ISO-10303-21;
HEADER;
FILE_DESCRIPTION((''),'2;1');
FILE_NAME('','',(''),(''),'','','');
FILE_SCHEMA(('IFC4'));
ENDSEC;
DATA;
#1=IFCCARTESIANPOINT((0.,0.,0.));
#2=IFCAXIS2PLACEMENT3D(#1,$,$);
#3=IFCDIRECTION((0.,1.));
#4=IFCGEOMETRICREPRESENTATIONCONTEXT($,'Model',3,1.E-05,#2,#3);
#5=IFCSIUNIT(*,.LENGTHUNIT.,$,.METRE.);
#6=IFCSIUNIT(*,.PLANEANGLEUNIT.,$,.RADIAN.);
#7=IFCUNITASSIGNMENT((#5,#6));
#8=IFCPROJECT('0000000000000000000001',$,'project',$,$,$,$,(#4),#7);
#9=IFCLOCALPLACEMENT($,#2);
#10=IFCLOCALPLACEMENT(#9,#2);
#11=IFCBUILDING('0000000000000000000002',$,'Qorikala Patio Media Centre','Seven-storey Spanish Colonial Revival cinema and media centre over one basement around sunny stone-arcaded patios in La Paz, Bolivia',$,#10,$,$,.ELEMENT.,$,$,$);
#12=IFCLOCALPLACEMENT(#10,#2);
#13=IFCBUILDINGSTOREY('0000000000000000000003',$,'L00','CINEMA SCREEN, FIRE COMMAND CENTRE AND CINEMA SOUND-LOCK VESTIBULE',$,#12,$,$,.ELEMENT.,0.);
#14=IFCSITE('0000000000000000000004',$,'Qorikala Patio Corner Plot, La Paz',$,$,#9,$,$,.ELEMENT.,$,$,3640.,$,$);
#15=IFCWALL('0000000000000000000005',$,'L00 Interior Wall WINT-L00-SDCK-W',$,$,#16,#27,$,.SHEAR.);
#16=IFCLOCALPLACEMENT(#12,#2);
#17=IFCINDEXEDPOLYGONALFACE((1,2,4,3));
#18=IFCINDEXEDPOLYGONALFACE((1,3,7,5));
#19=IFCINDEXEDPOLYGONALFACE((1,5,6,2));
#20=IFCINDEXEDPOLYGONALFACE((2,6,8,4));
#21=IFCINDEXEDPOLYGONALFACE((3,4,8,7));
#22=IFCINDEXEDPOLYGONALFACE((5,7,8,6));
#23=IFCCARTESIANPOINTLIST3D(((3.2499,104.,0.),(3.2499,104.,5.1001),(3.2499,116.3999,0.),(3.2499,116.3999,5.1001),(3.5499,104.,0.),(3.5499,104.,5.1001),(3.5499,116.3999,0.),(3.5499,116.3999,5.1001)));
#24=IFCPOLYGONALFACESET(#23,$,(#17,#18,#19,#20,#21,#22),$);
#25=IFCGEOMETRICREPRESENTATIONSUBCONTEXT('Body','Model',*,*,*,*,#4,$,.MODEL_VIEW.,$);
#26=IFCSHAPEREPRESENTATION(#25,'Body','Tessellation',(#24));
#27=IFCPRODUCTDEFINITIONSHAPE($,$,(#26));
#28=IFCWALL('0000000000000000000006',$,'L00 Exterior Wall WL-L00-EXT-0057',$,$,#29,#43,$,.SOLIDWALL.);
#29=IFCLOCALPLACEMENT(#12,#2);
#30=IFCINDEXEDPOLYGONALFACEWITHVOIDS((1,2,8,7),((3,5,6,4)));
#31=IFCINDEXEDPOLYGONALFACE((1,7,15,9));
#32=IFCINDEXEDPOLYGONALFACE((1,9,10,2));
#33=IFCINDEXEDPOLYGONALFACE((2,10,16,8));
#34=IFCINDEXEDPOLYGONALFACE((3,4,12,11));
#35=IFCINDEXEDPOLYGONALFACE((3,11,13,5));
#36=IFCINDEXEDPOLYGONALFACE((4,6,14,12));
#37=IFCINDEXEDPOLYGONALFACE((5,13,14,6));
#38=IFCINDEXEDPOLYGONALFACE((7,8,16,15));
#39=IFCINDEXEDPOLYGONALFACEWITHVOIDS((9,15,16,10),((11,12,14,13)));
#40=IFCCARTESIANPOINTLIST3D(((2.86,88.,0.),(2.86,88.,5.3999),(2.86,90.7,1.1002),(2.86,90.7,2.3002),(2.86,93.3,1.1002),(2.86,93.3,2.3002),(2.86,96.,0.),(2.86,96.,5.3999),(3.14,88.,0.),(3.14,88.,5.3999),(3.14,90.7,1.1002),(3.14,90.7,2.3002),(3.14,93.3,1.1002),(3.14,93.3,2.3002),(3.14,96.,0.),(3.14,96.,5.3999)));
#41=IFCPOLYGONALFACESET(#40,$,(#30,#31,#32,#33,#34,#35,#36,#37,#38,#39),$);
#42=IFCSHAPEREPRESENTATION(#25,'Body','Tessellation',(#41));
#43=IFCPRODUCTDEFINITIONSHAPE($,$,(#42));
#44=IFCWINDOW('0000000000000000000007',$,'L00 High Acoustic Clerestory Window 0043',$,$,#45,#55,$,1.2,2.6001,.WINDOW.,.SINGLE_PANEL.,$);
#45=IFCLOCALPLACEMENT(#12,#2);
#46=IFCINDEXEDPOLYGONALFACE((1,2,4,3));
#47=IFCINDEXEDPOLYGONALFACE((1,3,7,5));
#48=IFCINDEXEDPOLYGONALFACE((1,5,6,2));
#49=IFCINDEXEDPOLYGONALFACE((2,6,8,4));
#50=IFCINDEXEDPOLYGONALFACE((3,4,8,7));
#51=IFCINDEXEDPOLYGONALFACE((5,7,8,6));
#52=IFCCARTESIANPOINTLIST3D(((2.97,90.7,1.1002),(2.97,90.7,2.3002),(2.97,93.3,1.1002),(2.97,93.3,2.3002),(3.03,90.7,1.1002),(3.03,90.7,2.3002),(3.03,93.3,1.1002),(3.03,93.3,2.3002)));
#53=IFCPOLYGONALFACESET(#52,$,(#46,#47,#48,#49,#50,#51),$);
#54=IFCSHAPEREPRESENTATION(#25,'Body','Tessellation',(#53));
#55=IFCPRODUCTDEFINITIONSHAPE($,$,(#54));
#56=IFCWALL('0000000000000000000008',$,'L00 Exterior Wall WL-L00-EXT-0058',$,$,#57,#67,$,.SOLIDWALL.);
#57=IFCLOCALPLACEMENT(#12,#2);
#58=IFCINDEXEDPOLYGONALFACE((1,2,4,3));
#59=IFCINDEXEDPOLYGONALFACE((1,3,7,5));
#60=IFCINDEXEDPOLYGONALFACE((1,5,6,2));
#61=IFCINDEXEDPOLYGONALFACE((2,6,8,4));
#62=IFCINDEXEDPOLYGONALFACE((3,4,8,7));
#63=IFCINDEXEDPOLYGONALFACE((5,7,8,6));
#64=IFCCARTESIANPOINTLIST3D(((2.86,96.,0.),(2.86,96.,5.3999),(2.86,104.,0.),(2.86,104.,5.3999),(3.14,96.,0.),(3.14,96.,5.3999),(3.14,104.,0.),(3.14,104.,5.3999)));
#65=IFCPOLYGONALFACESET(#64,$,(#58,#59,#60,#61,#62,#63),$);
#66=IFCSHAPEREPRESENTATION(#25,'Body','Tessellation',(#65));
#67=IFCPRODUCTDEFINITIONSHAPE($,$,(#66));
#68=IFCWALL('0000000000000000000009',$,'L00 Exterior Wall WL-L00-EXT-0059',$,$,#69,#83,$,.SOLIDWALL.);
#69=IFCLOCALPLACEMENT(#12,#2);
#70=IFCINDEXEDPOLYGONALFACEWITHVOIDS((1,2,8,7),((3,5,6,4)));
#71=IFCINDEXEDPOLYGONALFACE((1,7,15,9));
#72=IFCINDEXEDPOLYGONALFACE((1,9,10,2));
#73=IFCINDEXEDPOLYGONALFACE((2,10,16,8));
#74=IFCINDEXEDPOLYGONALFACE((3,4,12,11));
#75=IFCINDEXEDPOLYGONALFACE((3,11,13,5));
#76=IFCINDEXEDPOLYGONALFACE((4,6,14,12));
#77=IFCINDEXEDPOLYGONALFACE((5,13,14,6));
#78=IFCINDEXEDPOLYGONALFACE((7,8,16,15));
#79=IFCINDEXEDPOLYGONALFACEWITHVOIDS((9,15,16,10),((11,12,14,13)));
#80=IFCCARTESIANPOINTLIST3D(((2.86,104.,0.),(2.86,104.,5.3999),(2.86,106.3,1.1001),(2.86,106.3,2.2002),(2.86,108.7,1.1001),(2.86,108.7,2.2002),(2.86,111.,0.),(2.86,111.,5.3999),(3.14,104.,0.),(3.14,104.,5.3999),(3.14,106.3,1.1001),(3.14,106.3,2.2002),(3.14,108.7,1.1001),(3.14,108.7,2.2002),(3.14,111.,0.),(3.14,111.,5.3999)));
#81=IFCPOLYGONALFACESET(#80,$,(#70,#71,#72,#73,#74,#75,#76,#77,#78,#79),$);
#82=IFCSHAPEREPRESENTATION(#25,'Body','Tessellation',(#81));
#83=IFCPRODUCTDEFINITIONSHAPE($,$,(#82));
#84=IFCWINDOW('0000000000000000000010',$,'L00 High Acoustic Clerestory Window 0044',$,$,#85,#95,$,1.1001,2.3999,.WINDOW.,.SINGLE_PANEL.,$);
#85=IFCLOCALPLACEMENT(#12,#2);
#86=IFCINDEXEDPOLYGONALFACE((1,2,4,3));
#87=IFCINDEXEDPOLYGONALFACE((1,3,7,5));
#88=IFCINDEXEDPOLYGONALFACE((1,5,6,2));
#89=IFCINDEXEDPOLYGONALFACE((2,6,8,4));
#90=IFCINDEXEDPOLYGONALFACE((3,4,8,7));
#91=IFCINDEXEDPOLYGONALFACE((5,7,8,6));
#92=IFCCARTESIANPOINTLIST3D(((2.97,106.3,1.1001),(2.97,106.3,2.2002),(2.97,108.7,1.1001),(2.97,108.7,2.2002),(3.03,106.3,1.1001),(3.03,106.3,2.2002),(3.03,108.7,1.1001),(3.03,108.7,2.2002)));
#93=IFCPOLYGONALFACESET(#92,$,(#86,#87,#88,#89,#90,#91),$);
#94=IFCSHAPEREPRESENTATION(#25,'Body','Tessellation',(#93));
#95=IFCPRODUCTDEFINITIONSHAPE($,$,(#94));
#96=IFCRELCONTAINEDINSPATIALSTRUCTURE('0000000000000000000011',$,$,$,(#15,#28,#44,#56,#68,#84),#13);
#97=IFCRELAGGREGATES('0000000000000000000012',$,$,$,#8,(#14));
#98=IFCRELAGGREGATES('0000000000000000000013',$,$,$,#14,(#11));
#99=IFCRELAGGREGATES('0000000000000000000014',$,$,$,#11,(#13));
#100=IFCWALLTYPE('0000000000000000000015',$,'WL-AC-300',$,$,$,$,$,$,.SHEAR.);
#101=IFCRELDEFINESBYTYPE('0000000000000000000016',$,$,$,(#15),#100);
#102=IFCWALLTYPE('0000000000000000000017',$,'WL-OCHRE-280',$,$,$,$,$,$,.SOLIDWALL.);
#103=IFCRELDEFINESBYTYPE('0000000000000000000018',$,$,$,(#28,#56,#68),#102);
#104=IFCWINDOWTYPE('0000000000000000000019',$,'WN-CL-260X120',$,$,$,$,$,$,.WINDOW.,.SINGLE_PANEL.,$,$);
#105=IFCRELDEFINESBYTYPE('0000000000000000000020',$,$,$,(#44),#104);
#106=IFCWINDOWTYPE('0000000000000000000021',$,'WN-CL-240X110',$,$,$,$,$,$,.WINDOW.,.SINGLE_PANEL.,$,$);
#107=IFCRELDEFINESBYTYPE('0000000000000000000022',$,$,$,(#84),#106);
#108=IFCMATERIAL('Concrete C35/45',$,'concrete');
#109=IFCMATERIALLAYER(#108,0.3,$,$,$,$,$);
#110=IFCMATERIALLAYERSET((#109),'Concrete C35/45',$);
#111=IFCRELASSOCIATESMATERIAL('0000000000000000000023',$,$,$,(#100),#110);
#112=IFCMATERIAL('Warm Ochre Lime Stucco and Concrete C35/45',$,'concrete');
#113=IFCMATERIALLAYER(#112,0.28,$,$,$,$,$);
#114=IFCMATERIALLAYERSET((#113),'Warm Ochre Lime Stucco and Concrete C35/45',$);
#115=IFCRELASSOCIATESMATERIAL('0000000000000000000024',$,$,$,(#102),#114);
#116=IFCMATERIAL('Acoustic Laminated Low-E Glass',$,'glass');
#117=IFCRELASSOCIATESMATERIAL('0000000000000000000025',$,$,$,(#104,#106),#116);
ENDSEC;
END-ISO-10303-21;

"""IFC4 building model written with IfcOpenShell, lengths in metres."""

from ifc_helpers import new_model, si_unit, direction, frame, frame_2d, origin, place, context, subcontext, project, spatial, rectangle, extrude, material, layer, layer_set, type_object, element, fill, save


model = new_model("IFC4")

# Units and contexts
model_context = context("Model", 3, precision=1e-05, world=origin(), true_north=direction((0.0, 1.0)))
body_context = subcontext(model_context, "Body", "Model", "MODEL_VIEW")
ifc_project = project(units=[si_unit("LENGTHUNIT", "METRE"), si_unit("PLANEANGLEUNIT", "RADIAN")], contexts=[model_context])

# Site, building, storey
site_placement = place(None, origin())
site = spatial("IfcSite", under=ifc_project, at=site_placement, Name="Qorikala Patio Corner Plot, La Paz", CompositionType="ELEMENT", RefElevation=3640.0)
building_placement = place(site_placement, origin())
building = spatial("IfcBuilding", under=site, at=building_placement, Name="Qorikala Patio Media Centre", Description="Seven-storey Spanish Colonial Revival cinema and media centre over one basement around sunny stone-arcaded patios in La Paz, Bolivia", CompositionType="ELEMENT")
storey_placement = place(building_placement, origin())
storey = spatial("IfcBuildingStorey", under=building, at=storey_placement, Name="L00", Description="CINEMA SCREEN, FIRE COMMAND CENTRE AND CINEMA SOUND-LOCK VESTIBULE", CompositionType="ELEMENT", Elevation=0.0)

# Shared definitions
ifc_material_1 = material(Name="Concrete C35/45", Category="concrete")

# Wall
ifc_layer_1 = layer(ifc_material_1, 0.3)
ifc_layer_set_1 = layer_set([ifc_layer_1], Name="Concrete C35/45")
wall_type_1 = type_object("IfcWallType", Name="WL-AC-300", PredefinedType="SHEAR", material=ifc_layer_set_1)
wall_1_placement = place(storey_placement, frame((3.3999, 104.0, 0.0), z_axis=(0.0, 0.0, 1.0), x_axis=(0.0, 1.0, 0.0)))
element("IfcWall", 1, at=wall_1_placement, inside=storey, type_object=wall_type_1, Name="L00 Interior Wall WINT-L00-SDCK-W", PredefinedType="SHEAR", context=body_context, shape_type="SweptSolid", body=[
    extrude(rectangle(XDim=12.3999, YDim=0.3, at=frame_2d((6.2, 0.0))), origin(), (0.0, 0.0, 1.0), 5.1001),
])

# Wall, opening, window
ifc_material_2 = material(Name="Warm Ochre Lime Stucco and Concrete C35/45", Category="concrete")
ifc_layer_2 = layer(ifc_material_2, 0.28)
ifc_layer_set_2 = layer_set([ifc_layer_2], Name="Warm Ochre Lime Stucco and Concrete C35/45")
wall_type_2 = type_object("IfcWallType", Name="WL-OCHRE-280", PredefinedType="SOLIDWALL", material=ifc_layer_set_2)
wall_2_placement = place(storey_placement, frame((3.0, 88.0, 0.0), z_axis=(0.0, 0.0, 1.0), x_axis=(0.0, 1.0, 0.0)))
wall_2 = element("IfcWall", 2, at=wall_2_placement, inside=storey, type_object=wall_type_2, Name="L00 Exterior Wall WL-L00-EXT-0057", PredefinedType="SOLIDWALL", context=body_context, shape_type="SweptSolid", body=[
    extrude(rectangle(XDim=8.0, YDim=0.28, at=frame_2d((4.0, 0.0))), origin(), (0.0, 0.0, 1.0), 5.3999),
])
opening_1_placement = place(wall_2_placement, frame((2.7, 0.0, 1.1001)))
opening_1 = element("IfcOpeningElement", 3, at=opening_1_placement, cuts=wall_2, PredefinedType="OPENING", context=body_context, shape_type="SweptSolid", body=[
    extrude(rectangle(XDim=2.6001, YDim=1.2, at=frame_2d((1.3, 0.6001))), frame((0.0, 0.1499, 0.0), z_axis=(0.0, -1.0, 0.0), x_axis=(1.0, 0.0, 0.0)), (0.0, 0.0, 1.0), 0.3),
])
ifc_material_3 = material(Name="Acoustic Laminated Low-E Glass", Category="glass")
window_type_1 = type_object("IfcWindowType", Name="WN-CL-260X120", PartitioningType="SINGLE_PANEL", PredefinedType="WINDOW", material=ifc_material_3)
window_1_placement = place(opening_1_placement, origin())
window_1 = element("IfcWindow", 4, at=window_1_placement, inside=storey, type_object=window_type_1, Name="L00 High Acoustic Clerestory Window 0043", OverallHeight=1.2, OverallWidth=2.6001, PartitioningType="SINGLE_PANEL", PredefinedType="WINDOW", context=body_context, shape_type="SweptSolid", body=[
    extrude(rectangle(XDim=2.6001, YDim=1.2, at=frame_2d((1.3, 0.6001))), frame((0.0, 0.03, 0.0), z_axis=(0.0, -1.0, 0.0), x_axis=(1.0, 0.0, 0.0)), (0.0, 0.0, 1.0), 0.0601),
])
fill(opening_1, window_1)

# Wall
wall_3_placement = place(storey_placement, frame((3.0, 96.0, 0.0), z_axis=(0.0, 0.0, 1.0), x_axis=(0.0, 1.0, 0.0)))
element("IfcWall", 5, at=wall_3_placement, inside=storey, type_object=wall_type_2, Name="L00 Exterior Wall WL-L00-EXT-0058", PredefinedType="SOLIDWALL", context=body_context, shape_type="SweptSolid", body=[
    extrude(rectangle(XDim=8.0, YDim=0.28, at=frame_2d((4.0, 0.0))), origin(), (0.0, 0.0, 1.0), 5.3999),
])

# Wall, opening, window
wall_4_placement = place(storey_placement, frame((3.0, 104.0, 0.0), z_axis=(0.0, 0.0, 1.0), x_axis=(0.0, 1.0, 0.0)))
wall_4 = element("IfcWall", 6, at=wall_4_placement, inside=storey, type_object=wall_type_2, Name="L00 Exterior Wall WL-L00-EXT-0059", PredefinedType="SOLIDWALL", context=body_context, shape_type="SweptSolid", body=[
    extrude(rectangle(XDim=7.0, YDim=0.28, at=frame_2d((3.5, 0.0))), origin(), (0.0, 0.0, 1.0), 5.3999),
])
opening_2_placement = place(wall_4_placement, frame((2.3, 0.0, 1.1001)))
opening_2 = element("IfcOpeningElement", 7, at=opening_2_placement, cuts=wall_4, PredefinedType="OPENING", context=body_context, shape_type="SweptSolid", body=[
    extrude(rectangle(XDim=2.3999, YDim=1.1001, at=frame_2d((1.2, 0.55))), frame((0.0, 0.1499, 0.0), z_axis=(0.0, -1.0, 0.0), x_axis=(1.0, 0.0, 0.0)), (0.0, 0.0, 1.0), 0.3),
])
window_type_2 = type_object("IfcWindowType", Name="WN-CL-240X110", PartitioningType="SINGLE_PANEL", PredefinedType="WINDOW", material=ifc_material_3)
window_2_placement = place(opening_2_placement, origin())
window_2 = element("IfcWindow", 8, at=window_2_placement, inside=storey, type_object=window_type_2, Name="L00 High Acoustic Clerestory Window 0044", OverallHeight=1.1001, OverallWidth=2.3999, PartitioningType="SINGLE_PANEL", PredefinedType="WINDOW", context=body_context, shape_type="SweptSolid", body=[
    extrude(rectangle(XDim=2.3999, YDim=1.1001, at=frame_2d((1.2, 0.55))), frame((0.0, 0.03, 0.0), z_axis=(0.0, -1.0, 0.0), x_axis=(1.0, 0.0, 0.0)), (0.0, 0.0, 1.0), 0.0601),
])
fill(opening_2, window_2)

save(model, "model.ifc")
